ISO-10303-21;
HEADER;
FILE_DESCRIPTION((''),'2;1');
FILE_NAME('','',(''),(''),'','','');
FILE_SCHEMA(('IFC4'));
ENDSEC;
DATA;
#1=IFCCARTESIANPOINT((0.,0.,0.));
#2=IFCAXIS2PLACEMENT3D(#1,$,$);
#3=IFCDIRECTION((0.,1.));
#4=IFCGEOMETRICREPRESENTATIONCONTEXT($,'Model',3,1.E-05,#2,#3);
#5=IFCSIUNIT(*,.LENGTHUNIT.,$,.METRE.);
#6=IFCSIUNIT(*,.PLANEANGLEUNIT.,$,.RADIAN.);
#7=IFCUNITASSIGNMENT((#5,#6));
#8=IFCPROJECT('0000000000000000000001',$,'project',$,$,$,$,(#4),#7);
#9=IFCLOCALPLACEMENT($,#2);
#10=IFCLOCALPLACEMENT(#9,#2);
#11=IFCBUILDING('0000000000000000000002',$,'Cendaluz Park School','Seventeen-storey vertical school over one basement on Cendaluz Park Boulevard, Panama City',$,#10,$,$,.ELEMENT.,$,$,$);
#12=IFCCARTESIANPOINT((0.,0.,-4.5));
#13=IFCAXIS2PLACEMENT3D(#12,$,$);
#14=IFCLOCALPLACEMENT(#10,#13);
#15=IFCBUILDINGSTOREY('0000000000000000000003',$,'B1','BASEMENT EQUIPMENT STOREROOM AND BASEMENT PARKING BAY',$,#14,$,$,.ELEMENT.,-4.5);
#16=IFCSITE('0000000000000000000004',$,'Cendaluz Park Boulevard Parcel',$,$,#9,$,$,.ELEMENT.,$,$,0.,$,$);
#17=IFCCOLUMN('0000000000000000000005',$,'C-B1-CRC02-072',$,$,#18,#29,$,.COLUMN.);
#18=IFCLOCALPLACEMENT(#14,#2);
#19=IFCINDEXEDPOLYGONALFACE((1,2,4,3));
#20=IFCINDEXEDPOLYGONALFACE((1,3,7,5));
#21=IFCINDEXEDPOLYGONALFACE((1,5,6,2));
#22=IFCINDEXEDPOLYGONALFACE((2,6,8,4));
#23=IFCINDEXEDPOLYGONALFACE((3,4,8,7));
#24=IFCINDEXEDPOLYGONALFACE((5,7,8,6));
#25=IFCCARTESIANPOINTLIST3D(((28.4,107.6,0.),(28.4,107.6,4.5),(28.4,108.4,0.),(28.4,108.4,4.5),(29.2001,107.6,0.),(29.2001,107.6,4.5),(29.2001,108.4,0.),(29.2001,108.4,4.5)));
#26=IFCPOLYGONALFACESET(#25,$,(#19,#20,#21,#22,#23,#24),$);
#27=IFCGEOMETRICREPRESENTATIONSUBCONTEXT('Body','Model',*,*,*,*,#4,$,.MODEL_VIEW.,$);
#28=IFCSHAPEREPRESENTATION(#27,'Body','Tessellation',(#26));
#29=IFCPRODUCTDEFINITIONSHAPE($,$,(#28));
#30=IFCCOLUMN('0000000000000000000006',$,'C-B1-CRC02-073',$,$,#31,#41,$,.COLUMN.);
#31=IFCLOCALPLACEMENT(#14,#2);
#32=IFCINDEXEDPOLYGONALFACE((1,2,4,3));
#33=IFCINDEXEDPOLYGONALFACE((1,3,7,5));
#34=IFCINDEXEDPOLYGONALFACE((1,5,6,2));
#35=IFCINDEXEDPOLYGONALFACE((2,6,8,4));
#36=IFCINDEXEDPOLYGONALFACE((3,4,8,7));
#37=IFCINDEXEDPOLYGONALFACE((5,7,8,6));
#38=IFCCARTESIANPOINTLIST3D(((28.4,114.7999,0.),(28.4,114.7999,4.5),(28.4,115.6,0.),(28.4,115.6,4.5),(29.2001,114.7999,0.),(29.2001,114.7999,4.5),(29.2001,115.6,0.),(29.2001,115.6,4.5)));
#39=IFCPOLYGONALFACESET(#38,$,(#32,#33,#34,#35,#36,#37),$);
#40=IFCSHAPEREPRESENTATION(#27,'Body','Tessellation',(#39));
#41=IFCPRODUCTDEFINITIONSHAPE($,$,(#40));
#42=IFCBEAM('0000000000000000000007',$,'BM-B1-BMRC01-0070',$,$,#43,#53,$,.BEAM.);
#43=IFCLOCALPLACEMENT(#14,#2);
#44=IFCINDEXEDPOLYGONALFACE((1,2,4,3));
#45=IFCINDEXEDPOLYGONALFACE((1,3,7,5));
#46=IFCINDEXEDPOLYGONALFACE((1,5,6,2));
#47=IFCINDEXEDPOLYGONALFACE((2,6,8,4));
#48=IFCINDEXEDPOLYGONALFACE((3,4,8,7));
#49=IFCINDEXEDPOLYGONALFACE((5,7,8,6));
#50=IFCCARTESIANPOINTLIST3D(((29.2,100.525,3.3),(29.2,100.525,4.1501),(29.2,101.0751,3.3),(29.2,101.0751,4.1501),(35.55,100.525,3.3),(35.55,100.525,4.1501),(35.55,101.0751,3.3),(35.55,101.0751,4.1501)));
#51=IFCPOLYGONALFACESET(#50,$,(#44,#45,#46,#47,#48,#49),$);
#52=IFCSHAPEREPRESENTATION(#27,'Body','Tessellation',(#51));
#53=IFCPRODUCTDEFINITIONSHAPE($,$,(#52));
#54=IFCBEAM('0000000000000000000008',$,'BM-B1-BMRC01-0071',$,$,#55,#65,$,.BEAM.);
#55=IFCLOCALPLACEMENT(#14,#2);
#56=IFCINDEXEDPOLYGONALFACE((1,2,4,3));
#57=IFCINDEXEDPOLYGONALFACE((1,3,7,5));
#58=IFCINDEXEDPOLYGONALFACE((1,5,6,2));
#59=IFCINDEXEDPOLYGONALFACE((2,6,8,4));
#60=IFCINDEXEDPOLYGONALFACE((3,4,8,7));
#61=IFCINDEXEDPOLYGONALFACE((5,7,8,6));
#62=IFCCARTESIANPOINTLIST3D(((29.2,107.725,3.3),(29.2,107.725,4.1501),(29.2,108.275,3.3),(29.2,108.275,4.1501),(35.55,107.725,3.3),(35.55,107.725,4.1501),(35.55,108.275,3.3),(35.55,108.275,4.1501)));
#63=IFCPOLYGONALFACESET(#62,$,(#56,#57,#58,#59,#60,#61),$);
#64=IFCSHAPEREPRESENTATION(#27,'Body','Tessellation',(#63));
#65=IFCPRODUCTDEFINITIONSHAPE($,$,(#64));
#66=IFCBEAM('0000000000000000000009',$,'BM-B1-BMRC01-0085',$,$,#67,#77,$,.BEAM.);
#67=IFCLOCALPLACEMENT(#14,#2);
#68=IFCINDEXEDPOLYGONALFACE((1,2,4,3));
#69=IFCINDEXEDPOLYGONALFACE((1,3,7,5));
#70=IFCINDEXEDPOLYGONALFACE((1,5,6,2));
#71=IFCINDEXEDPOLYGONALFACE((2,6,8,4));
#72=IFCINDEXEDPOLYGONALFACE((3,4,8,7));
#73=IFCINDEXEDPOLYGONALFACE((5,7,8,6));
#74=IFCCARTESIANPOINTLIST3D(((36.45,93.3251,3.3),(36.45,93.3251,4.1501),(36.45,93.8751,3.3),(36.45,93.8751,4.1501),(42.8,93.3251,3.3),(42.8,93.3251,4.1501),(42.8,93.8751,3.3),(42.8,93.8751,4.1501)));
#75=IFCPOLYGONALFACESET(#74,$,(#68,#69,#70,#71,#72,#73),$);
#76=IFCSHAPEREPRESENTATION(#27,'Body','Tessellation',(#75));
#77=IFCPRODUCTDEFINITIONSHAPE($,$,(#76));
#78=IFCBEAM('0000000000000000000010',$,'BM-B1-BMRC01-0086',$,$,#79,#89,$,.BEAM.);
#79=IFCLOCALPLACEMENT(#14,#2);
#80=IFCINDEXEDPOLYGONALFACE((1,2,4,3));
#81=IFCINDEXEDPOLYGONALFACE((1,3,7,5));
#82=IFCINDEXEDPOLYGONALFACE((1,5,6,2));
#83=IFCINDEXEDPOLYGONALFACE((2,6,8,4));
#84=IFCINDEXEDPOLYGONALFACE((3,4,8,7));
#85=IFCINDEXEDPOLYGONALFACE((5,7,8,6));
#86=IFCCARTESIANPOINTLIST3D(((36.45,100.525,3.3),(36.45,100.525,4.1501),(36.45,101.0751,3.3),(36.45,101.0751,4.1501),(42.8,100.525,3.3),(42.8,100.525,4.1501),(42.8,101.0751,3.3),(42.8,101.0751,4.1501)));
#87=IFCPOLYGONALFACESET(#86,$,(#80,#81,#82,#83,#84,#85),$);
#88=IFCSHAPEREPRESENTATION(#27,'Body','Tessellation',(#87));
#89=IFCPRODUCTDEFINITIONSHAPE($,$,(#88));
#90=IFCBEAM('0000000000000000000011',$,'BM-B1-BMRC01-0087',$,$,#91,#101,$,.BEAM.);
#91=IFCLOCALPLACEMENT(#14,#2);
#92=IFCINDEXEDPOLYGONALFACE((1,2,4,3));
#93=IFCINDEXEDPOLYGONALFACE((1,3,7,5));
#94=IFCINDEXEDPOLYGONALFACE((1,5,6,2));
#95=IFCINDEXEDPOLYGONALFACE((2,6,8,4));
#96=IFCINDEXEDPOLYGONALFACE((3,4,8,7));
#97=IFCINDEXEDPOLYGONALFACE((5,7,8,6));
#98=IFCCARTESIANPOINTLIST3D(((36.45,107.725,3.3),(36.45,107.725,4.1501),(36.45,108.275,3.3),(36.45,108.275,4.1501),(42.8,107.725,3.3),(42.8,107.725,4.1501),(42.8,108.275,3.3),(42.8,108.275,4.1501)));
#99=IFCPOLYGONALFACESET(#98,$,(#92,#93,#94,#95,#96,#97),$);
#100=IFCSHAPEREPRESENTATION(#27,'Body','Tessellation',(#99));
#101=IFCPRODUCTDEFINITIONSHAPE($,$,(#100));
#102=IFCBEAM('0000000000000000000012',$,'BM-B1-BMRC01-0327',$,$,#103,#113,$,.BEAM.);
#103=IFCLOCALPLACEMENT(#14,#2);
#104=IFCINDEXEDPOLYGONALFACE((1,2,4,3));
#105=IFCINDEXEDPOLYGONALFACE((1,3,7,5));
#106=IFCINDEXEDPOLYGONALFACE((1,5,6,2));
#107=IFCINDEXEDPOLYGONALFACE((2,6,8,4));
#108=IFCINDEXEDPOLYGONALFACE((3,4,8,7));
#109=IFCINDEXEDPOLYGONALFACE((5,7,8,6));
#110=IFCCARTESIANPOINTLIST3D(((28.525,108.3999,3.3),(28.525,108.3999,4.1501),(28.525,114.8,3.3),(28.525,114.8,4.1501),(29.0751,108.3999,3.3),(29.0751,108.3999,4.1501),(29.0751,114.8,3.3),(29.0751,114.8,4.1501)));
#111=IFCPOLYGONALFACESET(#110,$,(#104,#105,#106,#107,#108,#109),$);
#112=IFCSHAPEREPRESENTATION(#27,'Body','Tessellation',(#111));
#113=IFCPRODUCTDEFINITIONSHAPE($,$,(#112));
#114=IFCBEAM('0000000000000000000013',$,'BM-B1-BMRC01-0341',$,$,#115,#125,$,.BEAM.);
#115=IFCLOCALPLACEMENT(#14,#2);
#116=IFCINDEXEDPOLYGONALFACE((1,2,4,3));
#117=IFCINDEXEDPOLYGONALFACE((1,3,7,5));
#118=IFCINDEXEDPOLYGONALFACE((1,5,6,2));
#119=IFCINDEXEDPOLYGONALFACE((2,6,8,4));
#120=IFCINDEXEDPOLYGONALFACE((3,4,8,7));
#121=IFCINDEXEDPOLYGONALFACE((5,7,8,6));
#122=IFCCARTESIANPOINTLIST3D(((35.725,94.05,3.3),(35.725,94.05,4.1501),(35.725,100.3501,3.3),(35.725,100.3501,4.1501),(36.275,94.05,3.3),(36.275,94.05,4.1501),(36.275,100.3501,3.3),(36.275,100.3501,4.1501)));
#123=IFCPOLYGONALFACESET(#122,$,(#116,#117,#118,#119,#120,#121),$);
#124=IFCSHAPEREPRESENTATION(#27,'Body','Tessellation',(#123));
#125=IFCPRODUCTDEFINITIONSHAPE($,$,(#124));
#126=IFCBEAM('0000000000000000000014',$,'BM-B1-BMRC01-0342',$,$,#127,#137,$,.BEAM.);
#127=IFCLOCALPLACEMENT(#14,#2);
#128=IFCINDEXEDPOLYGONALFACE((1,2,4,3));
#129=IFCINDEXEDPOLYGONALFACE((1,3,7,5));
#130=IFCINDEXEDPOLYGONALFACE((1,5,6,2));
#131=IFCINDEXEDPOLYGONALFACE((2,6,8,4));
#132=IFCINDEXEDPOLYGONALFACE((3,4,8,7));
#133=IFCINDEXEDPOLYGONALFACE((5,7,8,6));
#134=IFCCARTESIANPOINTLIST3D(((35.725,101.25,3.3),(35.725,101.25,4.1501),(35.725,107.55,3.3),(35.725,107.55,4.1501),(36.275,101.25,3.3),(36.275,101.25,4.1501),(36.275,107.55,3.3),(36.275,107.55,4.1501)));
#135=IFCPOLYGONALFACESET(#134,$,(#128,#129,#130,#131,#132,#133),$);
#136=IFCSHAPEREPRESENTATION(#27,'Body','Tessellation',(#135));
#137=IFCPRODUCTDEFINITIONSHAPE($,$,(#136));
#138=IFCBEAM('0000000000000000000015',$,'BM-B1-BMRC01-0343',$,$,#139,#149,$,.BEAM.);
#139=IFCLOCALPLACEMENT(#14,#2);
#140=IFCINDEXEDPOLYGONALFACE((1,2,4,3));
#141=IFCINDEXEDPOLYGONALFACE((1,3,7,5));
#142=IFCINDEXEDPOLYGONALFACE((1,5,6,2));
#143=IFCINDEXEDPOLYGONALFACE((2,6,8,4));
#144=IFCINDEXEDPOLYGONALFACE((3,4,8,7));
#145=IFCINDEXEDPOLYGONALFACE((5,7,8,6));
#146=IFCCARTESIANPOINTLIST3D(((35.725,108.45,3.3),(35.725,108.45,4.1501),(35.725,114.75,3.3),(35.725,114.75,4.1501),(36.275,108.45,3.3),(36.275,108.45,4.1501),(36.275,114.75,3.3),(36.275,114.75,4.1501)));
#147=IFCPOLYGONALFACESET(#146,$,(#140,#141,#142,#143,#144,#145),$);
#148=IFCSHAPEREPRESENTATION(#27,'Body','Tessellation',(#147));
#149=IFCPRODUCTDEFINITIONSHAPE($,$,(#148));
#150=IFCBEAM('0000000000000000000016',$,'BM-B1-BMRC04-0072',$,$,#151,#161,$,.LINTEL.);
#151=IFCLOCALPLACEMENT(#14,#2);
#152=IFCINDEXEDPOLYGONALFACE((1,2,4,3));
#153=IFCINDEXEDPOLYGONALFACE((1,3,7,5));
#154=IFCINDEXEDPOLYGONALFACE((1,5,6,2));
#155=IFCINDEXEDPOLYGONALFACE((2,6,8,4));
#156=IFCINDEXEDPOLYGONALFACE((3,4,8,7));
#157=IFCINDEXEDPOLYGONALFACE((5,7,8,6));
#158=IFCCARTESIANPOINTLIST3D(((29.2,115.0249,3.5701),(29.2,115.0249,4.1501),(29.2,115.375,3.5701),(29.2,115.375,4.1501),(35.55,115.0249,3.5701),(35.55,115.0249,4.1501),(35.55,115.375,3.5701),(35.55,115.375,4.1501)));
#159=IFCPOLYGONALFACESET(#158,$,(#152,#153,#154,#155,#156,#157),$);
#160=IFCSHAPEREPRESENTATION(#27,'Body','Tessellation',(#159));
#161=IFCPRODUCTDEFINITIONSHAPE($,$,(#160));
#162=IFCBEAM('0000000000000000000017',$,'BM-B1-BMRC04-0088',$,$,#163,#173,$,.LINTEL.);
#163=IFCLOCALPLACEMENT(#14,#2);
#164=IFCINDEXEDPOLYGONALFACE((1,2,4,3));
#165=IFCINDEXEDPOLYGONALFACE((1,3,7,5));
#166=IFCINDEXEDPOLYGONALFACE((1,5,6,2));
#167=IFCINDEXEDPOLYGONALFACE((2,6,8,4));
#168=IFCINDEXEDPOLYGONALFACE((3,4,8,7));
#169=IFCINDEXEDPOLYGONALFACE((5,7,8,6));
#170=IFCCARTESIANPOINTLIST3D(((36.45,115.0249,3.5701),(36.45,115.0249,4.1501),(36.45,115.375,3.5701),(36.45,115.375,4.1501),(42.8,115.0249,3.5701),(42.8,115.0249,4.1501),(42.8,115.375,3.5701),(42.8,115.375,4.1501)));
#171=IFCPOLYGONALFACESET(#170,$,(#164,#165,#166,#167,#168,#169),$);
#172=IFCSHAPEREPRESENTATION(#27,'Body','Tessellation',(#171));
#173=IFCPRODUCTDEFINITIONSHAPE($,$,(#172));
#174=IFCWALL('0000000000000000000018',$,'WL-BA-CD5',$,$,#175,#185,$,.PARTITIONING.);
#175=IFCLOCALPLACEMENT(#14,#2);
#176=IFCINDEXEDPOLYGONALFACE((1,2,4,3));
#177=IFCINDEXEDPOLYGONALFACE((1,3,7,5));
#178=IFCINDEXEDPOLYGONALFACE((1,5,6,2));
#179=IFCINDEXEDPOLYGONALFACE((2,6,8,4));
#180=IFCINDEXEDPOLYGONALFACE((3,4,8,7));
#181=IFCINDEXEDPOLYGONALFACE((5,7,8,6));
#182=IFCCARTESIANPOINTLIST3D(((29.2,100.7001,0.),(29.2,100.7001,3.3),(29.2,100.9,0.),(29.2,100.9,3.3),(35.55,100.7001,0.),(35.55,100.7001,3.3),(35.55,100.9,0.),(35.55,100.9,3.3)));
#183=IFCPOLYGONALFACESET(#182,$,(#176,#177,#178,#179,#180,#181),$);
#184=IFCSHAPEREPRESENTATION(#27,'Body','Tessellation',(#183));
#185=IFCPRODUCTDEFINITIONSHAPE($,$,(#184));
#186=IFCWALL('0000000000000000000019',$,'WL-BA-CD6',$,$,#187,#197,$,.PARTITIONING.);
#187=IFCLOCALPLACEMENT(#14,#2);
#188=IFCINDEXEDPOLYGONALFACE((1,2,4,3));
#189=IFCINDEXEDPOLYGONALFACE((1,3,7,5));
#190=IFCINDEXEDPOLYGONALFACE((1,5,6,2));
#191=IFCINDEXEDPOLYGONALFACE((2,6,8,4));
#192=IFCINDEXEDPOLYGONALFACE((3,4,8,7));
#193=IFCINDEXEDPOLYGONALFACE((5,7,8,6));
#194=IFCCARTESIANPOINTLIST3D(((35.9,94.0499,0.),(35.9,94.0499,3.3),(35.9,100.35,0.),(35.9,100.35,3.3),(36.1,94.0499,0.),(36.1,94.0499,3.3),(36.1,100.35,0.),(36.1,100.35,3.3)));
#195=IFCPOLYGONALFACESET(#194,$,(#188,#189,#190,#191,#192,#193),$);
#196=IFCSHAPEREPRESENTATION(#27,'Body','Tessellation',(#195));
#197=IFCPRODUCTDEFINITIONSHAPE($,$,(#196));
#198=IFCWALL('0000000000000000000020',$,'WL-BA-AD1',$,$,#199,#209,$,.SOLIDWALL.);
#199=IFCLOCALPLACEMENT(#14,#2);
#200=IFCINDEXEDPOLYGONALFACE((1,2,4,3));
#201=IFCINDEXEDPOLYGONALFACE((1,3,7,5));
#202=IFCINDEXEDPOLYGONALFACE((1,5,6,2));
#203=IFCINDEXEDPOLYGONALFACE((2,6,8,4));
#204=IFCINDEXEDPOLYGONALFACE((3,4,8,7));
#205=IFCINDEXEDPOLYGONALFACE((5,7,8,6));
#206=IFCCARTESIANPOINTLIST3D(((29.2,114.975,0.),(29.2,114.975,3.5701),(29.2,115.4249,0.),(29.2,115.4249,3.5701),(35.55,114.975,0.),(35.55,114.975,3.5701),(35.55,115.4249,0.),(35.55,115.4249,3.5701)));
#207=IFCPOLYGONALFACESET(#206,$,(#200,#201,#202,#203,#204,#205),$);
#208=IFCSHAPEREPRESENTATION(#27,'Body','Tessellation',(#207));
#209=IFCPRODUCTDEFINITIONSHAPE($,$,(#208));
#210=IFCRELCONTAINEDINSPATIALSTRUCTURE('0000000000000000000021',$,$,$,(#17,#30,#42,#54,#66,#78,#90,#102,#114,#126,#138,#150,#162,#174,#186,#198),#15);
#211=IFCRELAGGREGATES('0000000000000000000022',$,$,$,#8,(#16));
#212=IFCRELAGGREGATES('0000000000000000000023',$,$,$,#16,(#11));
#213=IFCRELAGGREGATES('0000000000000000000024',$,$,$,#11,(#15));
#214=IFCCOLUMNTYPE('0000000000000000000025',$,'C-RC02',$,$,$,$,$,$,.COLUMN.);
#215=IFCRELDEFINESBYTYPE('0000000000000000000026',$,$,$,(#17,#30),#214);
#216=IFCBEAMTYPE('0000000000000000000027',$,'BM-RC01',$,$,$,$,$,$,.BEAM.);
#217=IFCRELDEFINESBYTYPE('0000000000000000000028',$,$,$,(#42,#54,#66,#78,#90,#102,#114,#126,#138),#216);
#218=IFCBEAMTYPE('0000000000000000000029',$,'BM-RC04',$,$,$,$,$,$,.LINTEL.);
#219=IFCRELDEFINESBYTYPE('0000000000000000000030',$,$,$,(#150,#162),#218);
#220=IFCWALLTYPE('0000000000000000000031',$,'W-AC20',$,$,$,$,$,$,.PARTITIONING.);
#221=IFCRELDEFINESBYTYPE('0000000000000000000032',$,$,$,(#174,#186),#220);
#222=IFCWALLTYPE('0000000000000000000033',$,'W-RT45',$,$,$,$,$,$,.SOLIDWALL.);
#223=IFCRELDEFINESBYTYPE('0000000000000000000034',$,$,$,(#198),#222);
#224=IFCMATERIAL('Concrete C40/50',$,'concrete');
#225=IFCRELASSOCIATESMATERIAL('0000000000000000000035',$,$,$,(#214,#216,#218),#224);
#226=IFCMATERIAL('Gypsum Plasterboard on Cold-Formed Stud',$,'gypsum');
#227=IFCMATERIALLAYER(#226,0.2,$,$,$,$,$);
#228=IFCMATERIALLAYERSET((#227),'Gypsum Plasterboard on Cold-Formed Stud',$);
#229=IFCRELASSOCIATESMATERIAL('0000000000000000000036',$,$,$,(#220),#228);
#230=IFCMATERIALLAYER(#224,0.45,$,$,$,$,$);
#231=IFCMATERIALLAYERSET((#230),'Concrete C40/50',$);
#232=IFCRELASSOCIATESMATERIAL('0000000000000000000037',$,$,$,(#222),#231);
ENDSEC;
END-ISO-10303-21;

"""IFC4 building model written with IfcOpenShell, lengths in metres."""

from ifc_helpers import new_model, si_unit, direction, frame, frame_2d, origin, origin_2d, place, context, subcontext, project, spatial, rectangle, extrude, material, layer, layer_set, material_profile, profile_set, type_object, element, save


model = new_model("IFC4")

# Units and contexts
model_context = context("Model", 3, precision=1e-05, world=origin(), true_north=direction((0.0, 1.0)))
body_context = subcontext(model_context, "Body", "Model", "MODEL_VIEW")
ifc_project = project(units=[si_unit("LENGTHUNIT", "METRE"), si_unit("PLANEANGLEUNIT", "RADIAN")], contexts=[model_context])

# Site, building, storey
site_placement = place(None, origin())
site = spatial("IfcSite", under=ifc_project, at=site_placement, Name="Cendaluz Park Boulevard Parcel", CompositionType="ELEMENT", RefElevation=0.0)
building_placement = place(site_placement, origin())
building = spatial("IfcBuilding", under=site, at=building_placement, Name="Cendaluz Park School", Description="Seventeen-storey vertical school over one basement on Cendaluz Park Boulevard, Panama City", CompositionType="ELEMENT")
storey_placement = place(building_placement, frame((0.0, 0.0, -4.5)))
storey = spatial("IfcBuildingStorey", under=building, at=storey_placement, Name="B1", Description="BASEMENT EQUIPMENT STOREROOM AND BASEMENT PARKING BAY", CompositionType="ELEMENT", Elevation=-4.5)

# Shared definitions
ifc_material_1 = material(Name="Concrete C40/50", Category="concrete")

# Columns
ifc_material_profile_1 = material_profile(ifc_material_1, rectangle(XDim=0.8, YDim=0.8, at=origin_2d()), Name="RC 800x800", Category="concrete")
ifc_profile_set_1 = profile_set([ifc_material_profile_1], Name="Concrete C40/50")
column_type_1 = type_object("IfcColumnType", Name="C-RC02", PredefinedType="COLUMN", material=ifc_profile_set_1)
for number, where, z_axis, x_axis, name in (
    (1, (28.8, 108.0, 0.0), (0.0, 0.0, 1.0), (1.0, 0.0, 0.0), "C-B1-CRC02-072"),
    (2, (28.8, 115.2, 0.0), (0.0, 0.0, 1.0), (1.0, 0.0, 0.0), "C-B1-CRC02-073"),
):
    element("IfcColumn", number, at=place(storey_placement, frame(where, z_axis=z_axis, x_axis=x_axis)), inside=storey, type_object=column_type_1, Name=name, PredefinedType="COLUMN", context=body_context, shape_type="SweptSolid", body=[
        extrude(rectangle(XDim=0.8, YDim=0.8, at=origin_2d()), origin(), (0.0, 0.0, 1.0), 4.5),
    ])

# Beams
ifc_material_profile_2 = material_profile(ifc_material_1, rectangle(XDim=0.55, YDim=0.8501, at=origin_2d()), Name="RC 550x850", Category="concrete")
ifc_profile_set_2 = profile_set([ifc_material_profile_2], Name="Concrete C40/50")
beam_type_1 = type_object("IfcBeamType", Name="BM-RC01", PredefinedType="BEAM", material=ifc_profile_set_2)
for number, where, z_axis, x_axis, name in (
    (3, (29.2, 100.8, 3.7251), (1.0, 0.0, 0.0), (0.0, 1.0, 0.0), "BM-B1-BMRC01-0070"),
    (4, (29.2, 108.0, 3.7251), (1.0, 0.0, 0.0), (0.0, 1.0, 0.0), "BM-B1-BMRC01-0071"),
    (5, (36.45, 93.6001, 3.7251), (1.0, 0.0, 0.0), (0.0, 1.0, 0.0), "BM-B1-BMRC01-0085"),
    (6, (36.45, 100.8, 3.7251), (1.0, 0.0, 0.0), (0.0, 1.0, 0.0), "BM-B1-BMRC01-0086"),
    (7, (36.45, 108.0, 3.7251), (1.0, 0.0, 0.0), (0.0, 1.0, 0.0), "BM-B1-BMRC01-0087"),
):
    element("IfcBeam", number, at=place(storey_placement, frame(where, z_axis=z_axis, x_axis=x_axis)), inside=storey, type_object=beam_type_1, Name=name, PredefinedType="BEAM", context=body_context, shape_type="SweptSolid", body=[
        extrude(rectangle(XDim=0.55, YDim=0.8501, at=origin_2d()), origin(), (0.0, 0.0, 1.0), 6.3501),
    ])
beam_placement = place(storey_placement, frame((28.8, 108.3999, 3.7251), z_axis=(0.0, 1.0, 0.0), x_axis=(-1.0, 0.0, 0.0)))
element("IfcBeam", 8, at=beam_placement, inside=storey, type_object=beam_type_1, Name="BM-B1-BMRC01-0327", PredefinedType="BEAM", context=body_context, shape_type="SweptSolid", body=[
    extrude(rectangle(XDim=0.55, YDim=0.8501, at=origin_2d()), origin(), (0.0, 0.0, 1.0), 6.4001),
])
for number, where, z_axis, x_axis, name in (
    (9, (36.0, 94.05, 3.7251), (0.0, 1.0, 0.0), (-1.0, 0.0, 0.0), "BM-B1-BMRC01-0341"),
    (10, (36.0, 101.25, 3.7251), (0.0, 1.0, 0.0), (-1.0, 0.0, 0.0), "BM-B1-BMRC01-0342"),
    (11, (36.0, 108.45, 3.7251), (0.0, 1.0, 0.0), (-1.0, 0.0, 0.0), "BM-B1-BMRC01-0343"),
):
    element("IfcBeam", number, at=place(storey_placement, frame(where, z_axis=z_axis, x_axis=x_axis)), inside=storey, type_object=beam_type_1, Name=name, PredefinedType="BEAM", context=body_context, shape_type="SweptSolid", body=[
        extrude(rectangle(XDim=0.55, YDim=0.8501, at=origin_2d()), origin(), (0.0, 0.0, 1.0), 6.3),
    ])
ifc_material_profile_3 = material_profile(ifc_material_1, rectangle(XDim=0.3501, YDim=0.5801, at=origin_2d()), Name="RC 350x580", Category="concrete")
ifc_profile_set_3 = profile_set([ifc_material_profile_3], Name="Concrete C40/50")
beam_type_2 = type_object("IfcBeamType", Name="BM-RC04", PredefinedType="LINTEL", material=ifc_profile_set_3)
for number, where, z_axis, x_axis, name in (
    (12, (29.2, 115.2, 3.8601), (1.0, 0.0, 0.0), (0.0, 1.0, 0.0), "BM-B1-BMRC04-0072"),
    (13, (36.45, 115.2, 3.8601), (1.0, 0.0, 0.0), (0.0, 1.0, 0.0), "BM-B1-BMRC04-0088"),
):
    element("IfcBeam", number, at=place(storey_placement, frame(where, z_axis=z_axis, x_axis=x_axis)), inside=storey, type_object=beam_type_2, Name=name, PredefinedType="LINTEL", context=body_context, shape_type="SweptSolid", body=[
        extrude(rectangle(XDim=0.3501, YDim=0.5801, at=origin_2d()), origin(), (0.0, 0.0, 1.0), 6.3501),
    ])

# Walls
ifc_material_2 = material(Name="Gypsum Plasterboard on Cold-Formed Stud", Category="gypsum")
ifc_layer_1 = layer(ifc_material_2, 0.2)
ifc_layer_set_1 = layer_set([ifc_layer_1], Name="Gypsum Plasterboard on Cold-Formed Stud")
wall_type_1 = type_object("IfcWallType", Name="W-AC20", PredefinedType="PARTITIONING", material=ifc_layer_set_1)
wall_1_placement = place(storey_placement, frame((29.2, 100.8, 0.0), z_axis=(0.0, 0.0, 1.0), x_axis=(1.0, 0.0, 0.0)))
element("IfcWall", 14, at=wall_1_placement, inside=storey, type_object=wall_type_1, Name="WL-BA-CD5", PredefinedType="PARTITIONING", context=body_context, shape_type="SweptSolid", body=[
    extrude(rectangle(XDim=6.3501, YDim=0.2, at=frame_2d((3.175, 0.0))), origin(), (0.0, 0.0, 1.0), 3.3),
])
wall_2_placement = place(storey_placement, frame((36.0, 94.05, 0.0), z_axis=(0.0, 0.0, 1.0), x_axis=(0.0, 1.0, 0.0)))
element("IfcWall", 15, at=wall_2_placement, inside=storey, type_object=wall_type_1, Name="WL-BA-CD6", PredefinedType="PARTITIONING", context=body_context, shape_type="SweptSolid", body=[
    extrude(rectangle(XDim=6.3, YDim=0.2, at=frame_2d((3.1499, 0.0))), origin(), (0.0, 0.0, 1.0), 3.3),
])
ifc_layer_2 = layer(ifc_material_1, 0.45)
ifc_layer_set_2 = layer_set([ifc_layer_2], Name="Concrete C40/50")
wall_type_2 = type_object("IfcWallType", Name="W-RT45", PredefinedType="SOLIDWALL", material=ifc_layer_set_2)
for number, where, z_axis, x_axis, name in (
    (16, (29.2, 115.2, 0.0), (0.0, 0.0, 1.0), (1.0, 0.0, 0.0), "WL-BA-AD1"),
):
    element("IfcWall", number, at=place(storey_placement, frame(where, z_axis=z_axis, x_axis=x_axis)), inside=storey, type_object=wall_type_2, Name=name, PredefinedType="SOLIDWALL", context=body_context, shape_type="SweptSolid", body=[
        extrude(rectangle(XDim=6.3501, YDim=0.45, at=frame_2d((3.175, 0.0))), origin(), (0.0, 0.0, 1.0), 3.5701),
    ])

save(model, "model.ifc")
